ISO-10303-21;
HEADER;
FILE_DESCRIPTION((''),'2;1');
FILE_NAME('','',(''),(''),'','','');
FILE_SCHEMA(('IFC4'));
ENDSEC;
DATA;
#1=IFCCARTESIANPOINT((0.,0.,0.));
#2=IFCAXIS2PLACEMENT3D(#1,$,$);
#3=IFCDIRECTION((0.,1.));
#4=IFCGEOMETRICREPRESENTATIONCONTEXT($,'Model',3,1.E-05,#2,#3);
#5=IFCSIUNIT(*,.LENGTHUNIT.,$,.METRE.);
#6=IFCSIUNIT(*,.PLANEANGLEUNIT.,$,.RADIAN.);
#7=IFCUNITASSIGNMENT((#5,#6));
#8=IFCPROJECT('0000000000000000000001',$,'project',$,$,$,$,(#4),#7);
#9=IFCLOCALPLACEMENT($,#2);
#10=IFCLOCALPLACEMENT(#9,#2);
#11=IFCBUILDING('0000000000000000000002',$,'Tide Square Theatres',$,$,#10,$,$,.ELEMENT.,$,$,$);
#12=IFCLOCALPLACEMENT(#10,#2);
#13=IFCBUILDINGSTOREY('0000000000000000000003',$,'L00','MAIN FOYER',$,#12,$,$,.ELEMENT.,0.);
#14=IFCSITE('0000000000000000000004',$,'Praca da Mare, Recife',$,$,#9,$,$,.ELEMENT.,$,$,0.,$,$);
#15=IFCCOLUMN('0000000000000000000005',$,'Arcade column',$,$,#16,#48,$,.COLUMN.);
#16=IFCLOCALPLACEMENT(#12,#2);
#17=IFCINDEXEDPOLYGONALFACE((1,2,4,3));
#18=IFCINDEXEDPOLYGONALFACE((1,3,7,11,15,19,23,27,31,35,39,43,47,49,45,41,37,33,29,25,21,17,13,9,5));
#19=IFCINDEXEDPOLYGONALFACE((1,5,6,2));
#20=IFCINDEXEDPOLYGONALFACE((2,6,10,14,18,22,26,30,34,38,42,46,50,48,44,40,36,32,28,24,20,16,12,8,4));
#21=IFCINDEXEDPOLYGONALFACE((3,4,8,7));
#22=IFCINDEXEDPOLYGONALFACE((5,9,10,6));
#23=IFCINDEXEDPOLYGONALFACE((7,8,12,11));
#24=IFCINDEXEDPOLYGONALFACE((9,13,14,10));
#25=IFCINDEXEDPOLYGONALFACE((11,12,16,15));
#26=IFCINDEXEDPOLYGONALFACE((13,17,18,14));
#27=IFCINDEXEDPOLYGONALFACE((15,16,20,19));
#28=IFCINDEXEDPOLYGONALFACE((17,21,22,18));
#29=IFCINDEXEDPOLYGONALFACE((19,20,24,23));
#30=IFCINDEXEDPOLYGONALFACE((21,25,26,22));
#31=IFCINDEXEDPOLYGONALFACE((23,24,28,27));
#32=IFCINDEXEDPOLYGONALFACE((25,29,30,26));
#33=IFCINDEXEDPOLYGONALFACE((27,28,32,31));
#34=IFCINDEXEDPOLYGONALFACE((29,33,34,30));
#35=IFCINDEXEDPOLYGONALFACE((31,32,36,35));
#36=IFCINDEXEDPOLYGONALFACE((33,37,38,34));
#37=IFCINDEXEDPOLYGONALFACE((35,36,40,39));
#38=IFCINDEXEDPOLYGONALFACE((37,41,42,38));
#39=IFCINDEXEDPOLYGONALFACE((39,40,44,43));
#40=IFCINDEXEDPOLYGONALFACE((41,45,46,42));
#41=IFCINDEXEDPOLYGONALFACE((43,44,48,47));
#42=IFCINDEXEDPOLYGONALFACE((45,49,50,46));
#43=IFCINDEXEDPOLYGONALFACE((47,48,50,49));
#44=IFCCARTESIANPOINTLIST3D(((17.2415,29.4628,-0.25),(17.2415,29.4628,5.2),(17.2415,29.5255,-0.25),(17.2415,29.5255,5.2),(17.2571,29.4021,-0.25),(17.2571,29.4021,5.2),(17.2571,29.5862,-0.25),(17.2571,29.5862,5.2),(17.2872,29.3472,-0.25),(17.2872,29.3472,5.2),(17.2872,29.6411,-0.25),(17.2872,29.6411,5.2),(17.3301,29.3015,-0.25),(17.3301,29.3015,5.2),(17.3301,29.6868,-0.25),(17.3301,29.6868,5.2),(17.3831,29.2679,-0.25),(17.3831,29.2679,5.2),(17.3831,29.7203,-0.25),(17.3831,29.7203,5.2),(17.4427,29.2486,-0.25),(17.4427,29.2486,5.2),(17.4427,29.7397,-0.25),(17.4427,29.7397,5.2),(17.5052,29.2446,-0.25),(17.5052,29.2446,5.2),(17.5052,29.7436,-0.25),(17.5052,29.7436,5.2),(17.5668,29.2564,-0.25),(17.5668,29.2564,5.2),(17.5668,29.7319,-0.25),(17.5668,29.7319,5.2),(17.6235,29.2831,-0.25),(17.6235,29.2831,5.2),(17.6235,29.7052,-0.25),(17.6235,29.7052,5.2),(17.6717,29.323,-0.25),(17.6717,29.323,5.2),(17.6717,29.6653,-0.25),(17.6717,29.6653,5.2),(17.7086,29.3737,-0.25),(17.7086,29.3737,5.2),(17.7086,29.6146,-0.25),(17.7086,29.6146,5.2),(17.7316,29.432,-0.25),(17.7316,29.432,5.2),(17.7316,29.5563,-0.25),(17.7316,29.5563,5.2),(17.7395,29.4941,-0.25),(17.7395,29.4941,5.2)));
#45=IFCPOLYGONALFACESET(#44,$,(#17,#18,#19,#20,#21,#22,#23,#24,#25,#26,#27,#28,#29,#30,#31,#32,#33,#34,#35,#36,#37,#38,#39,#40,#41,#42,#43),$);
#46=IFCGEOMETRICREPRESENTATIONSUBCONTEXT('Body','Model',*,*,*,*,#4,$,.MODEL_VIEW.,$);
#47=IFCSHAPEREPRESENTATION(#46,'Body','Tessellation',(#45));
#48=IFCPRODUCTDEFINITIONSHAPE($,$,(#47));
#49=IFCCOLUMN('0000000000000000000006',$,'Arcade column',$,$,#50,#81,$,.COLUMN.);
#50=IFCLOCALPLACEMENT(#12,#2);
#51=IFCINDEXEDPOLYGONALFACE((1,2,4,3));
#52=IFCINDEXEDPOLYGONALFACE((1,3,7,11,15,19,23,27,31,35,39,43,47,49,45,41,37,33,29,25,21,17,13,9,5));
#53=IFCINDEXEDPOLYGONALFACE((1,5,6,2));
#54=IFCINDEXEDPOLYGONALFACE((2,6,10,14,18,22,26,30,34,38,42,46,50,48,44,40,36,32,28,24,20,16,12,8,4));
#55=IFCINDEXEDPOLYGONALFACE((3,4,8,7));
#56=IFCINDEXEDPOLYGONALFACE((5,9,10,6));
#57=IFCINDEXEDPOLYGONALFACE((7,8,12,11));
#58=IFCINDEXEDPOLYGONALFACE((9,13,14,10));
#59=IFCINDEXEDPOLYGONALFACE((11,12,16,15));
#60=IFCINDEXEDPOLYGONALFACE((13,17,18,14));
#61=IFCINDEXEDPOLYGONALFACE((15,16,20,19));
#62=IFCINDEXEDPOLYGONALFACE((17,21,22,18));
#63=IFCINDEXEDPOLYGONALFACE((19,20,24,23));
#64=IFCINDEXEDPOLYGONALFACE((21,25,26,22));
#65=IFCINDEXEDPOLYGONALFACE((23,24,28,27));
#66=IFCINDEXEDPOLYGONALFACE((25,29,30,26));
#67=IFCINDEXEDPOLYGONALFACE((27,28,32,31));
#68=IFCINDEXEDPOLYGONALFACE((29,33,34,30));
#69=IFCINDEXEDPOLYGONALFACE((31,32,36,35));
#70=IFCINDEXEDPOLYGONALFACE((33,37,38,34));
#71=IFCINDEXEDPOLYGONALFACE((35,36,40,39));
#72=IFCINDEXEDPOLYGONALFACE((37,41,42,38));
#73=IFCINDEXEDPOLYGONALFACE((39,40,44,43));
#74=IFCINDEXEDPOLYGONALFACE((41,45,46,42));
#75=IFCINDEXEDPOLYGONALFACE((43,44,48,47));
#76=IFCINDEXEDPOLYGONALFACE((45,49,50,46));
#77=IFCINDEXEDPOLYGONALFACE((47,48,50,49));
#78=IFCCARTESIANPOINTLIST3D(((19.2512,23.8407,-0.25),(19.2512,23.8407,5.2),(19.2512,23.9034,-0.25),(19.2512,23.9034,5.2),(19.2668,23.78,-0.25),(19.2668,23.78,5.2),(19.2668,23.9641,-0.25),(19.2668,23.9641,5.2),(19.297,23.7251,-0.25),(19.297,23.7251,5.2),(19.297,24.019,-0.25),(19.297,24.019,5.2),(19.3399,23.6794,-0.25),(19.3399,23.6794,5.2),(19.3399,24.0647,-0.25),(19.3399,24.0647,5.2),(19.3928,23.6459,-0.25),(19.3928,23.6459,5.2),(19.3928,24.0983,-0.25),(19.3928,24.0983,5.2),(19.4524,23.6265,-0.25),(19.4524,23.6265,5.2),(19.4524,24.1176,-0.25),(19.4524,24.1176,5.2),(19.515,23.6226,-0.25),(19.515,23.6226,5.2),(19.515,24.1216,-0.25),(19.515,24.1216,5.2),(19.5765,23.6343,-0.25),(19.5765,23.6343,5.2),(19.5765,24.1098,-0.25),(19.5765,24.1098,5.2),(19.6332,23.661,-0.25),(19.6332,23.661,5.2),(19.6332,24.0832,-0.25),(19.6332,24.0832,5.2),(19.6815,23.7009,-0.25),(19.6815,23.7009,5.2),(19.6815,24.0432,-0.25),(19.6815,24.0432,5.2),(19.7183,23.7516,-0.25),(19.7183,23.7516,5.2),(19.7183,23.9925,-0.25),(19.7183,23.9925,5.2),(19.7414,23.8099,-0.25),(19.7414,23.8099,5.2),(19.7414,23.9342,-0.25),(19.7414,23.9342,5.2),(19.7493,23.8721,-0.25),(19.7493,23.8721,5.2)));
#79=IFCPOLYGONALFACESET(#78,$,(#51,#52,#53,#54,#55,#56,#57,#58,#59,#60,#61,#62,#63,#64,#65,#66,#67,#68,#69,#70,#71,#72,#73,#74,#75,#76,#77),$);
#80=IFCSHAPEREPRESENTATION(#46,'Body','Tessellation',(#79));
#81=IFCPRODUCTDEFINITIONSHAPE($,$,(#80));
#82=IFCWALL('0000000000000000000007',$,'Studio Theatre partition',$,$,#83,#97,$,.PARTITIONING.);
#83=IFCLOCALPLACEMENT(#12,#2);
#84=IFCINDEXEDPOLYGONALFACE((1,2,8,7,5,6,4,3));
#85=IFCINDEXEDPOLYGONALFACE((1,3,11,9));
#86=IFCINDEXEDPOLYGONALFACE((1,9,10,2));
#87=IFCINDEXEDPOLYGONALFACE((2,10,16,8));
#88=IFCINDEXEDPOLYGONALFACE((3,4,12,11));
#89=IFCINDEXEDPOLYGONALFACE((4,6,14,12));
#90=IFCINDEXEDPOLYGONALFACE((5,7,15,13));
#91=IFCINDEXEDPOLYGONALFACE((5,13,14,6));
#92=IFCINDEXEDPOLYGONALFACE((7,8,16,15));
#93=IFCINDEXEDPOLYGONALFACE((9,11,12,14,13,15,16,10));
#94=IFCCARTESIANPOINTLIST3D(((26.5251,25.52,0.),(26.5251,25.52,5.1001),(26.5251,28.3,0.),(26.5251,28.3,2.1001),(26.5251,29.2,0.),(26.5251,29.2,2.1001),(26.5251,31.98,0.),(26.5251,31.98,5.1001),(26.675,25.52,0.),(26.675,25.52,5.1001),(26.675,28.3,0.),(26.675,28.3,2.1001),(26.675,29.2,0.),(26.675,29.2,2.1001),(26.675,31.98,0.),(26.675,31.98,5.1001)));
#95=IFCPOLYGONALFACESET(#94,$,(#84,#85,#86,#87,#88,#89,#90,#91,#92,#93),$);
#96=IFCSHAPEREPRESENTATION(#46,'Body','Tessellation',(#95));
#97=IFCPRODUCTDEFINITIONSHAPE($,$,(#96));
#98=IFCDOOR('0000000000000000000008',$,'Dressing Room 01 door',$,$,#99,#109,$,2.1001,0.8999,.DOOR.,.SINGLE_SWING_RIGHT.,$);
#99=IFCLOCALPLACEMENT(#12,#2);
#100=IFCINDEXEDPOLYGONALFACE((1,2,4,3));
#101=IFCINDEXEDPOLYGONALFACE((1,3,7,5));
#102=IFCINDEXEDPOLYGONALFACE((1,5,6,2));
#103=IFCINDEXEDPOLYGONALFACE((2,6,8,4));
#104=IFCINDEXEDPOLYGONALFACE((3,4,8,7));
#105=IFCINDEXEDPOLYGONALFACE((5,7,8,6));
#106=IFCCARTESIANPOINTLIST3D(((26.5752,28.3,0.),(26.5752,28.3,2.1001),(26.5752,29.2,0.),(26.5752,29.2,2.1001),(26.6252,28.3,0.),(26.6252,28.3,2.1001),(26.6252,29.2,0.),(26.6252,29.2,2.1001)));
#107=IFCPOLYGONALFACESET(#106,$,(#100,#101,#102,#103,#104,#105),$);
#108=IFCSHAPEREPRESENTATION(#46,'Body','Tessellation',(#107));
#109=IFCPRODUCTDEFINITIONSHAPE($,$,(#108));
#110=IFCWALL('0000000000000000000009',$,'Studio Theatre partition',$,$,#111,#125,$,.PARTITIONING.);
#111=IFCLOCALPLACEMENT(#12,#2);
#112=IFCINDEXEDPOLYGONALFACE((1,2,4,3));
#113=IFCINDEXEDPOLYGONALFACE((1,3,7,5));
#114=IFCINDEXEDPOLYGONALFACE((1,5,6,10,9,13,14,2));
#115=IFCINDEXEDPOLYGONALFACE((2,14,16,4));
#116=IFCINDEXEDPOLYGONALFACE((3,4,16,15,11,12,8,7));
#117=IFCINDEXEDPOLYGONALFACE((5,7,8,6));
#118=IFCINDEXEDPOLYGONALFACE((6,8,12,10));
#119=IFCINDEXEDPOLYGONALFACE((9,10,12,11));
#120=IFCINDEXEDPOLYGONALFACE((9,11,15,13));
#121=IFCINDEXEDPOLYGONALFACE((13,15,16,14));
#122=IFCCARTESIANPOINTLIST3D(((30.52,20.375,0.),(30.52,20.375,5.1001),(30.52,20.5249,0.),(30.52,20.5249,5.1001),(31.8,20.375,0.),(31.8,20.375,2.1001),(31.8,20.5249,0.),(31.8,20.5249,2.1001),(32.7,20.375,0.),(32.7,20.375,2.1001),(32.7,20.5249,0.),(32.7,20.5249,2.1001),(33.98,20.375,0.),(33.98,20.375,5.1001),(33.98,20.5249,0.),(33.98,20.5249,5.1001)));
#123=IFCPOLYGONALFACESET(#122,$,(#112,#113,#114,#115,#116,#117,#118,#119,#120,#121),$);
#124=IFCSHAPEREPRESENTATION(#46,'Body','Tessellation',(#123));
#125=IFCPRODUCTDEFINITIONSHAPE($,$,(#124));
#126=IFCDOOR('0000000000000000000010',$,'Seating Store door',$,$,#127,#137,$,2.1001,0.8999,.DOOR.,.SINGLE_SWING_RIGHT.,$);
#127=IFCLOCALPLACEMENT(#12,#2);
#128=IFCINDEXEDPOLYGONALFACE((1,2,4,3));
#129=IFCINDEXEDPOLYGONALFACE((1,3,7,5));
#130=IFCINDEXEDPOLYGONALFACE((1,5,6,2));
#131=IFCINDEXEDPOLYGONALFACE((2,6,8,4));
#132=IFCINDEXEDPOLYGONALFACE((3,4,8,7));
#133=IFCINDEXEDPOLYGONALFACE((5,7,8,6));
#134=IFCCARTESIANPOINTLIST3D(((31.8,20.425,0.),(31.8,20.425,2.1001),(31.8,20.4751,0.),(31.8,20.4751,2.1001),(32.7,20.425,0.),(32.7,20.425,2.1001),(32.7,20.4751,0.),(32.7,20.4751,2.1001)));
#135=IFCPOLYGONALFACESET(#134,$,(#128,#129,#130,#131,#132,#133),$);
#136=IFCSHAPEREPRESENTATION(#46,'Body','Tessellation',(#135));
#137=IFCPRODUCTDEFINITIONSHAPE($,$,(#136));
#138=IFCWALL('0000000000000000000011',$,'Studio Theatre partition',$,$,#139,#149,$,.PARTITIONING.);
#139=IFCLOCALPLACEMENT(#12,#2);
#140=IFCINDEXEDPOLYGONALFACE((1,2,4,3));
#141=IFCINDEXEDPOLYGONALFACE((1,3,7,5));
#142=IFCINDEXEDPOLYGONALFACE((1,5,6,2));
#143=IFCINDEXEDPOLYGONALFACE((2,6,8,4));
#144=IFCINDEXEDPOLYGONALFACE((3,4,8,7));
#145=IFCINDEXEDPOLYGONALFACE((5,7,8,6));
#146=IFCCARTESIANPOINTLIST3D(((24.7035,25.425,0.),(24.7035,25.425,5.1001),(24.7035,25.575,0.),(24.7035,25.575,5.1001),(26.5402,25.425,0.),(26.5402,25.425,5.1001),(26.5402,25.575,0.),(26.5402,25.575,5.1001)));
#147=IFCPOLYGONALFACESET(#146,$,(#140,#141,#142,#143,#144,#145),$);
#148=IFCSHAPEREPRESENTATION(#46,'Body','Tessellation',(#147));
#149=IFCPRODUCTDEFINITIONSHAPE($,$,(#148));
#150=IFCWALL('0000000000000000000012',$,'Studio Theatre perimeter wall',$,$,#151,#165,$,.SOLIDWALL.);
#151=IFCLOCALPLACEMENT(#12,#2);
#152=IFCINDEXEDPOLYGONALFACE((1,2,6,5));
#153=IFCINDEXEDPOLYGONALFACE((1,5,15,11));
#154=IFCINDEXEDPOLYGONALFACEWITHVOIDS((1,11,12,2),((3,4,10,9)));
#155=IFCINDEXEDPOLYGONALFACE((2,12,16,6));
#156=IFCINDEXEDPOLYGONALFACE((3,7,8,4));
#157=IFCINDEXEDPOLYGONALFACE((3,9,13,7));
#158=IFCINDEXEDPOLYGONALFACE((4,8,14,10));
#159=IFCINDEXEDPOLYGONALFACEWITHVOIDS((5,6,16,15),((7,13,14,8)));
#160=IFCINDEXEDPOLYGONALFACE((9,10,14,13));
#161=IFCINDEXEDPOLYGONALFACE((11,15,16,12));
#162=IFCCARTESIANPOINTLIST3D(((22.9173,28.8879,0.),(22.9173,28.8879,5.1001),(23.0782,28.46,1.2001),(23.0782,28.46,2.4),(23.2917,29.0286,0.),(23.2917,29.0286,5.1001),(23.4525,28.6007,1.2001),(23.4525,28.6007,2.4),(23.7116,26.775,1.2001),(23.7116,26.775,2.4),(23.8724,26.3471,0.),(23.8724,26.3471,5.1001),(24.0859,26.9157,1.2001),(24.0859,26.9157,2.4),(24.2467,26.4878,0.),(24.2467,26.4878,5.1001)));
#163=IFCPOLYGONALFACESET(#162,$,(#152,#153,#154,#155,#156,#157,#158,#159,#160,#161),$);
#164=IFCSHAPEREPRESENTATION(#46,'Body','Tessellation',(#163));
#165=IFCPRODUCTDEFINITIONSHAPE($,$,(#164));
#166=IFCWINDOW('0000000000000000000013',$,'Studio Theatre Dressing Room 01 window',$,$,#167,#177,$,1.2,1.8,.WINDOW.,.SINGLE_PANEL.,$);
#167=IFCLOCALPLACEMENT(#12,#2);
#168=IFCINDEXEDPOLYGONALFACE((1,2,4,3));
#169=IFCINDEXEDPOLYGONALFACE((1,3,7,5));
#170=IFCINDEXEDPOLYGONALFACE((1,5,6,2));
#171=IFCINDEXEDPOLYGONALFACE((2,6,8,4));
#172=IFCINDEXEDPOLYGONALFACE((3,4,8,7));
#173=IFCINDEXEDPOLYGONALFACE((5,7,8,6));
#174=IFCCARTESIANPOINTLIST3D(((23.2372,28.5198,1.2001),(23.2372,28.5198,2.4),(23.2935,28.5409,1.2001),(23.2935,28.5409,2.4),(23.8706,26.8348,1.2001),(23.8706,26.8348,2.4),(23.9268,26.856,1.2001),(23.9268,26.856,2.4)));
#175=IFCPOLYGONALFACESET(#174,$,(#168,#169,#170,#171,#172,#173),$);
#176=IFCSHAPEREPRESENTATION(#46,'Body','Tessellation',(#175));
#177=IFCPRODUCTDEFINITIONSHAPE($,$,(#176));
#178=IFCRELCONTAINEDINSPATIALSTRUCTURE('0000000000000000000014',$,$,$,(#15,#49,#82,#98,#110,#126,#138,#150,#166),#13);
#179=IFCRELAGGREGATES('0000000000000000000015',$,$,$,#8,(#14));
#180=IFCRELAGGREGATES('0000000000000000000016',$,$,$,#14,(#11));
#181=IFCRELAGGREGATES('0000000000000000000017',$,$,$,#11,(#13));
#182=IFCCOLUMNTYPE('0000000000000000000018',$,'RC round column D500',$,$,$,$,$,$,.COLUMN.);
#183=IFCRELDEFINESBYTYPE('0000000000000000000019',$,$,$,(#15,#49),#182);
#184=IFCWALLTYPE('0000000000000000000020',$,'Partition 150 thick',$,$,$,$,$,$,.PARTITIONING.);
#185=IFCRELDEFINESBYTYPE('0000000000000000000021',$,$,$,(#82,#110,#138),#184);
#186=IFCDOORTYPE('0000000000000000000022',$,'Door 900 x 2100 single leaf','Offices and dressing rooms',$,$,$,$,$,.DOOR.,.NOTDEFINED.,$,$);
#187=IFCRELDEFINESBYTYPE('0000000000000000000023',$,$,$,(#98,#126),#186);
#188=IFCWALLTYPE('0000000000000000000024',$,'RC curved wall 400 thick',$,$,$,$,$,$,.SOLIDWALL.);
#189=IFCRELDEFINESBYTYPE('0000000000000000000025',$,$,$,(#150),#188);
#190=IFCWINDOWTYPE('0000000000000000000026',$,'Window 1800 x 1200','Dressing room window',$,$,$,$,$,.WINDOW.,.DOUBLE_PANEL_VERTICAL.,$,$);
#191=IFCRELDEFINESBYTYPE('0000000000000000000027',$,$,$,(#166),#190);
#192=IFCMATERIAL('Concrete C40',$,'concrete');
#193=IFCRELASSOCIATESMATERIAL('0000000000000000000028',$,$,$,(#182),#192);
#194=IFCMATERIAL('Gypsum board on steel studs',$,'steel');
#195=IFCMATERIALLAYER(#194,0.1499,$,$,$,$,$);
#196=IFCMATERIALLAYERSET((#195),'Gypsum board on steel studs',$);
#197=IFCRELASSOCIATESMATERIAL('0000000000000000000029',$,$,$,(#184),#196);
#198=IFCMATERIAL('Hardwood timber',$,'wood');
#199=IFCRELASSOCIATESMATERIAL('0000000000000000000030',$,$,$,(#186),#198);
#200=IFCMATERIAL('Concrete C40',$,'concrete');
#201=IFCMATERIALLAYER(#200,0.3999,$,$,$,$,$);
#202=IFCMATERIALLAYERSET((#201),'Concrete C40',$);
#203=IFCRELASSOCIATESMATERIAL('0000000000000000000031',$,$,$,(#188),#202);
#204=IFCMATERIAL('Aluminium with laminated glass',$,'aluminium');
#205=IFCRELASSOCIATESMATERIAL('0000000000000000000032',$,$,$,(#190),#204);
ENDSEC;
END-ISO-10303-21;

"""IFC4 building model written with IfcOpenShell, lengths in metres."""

from ifc_helpers import new_model, si_unit, direction, frame, frame_2d, origin, origin_2d, place, context, subcontext, project, spatial, rectangle, circle, extrude, material, layer, layer_set, material_profile, profile_set, type_object, element, fill, save


model = new_model("IFC4")

# Units and contexts
model_context = context("Model", 3, precision=1e-05, world=origin(), true_north=direction((0.0, 1.0)))
body_context = subcontext(model_context, "Body", "Model", "MODEL_VIEW")
ifc_project = project(units=[si_unit("LENGTHUNIT", "METRE"), si_unit("PLANEANGLEUNIT", "RADIAN")], contexts=[model_context])

# Site, building, storey
site_placement = place(None, origin())
site = spatial("IfcSite", under=ifc_project, at=site_placement, Name="Praca da Mare, Recife", CompositionType="ELEMENT", RefElevation=0.0)
building_placement = place(site_placement, origin())
building = spatial("IfcBuilding", under=site, at=building_placement, Name="Tide Square Theatres", CompositionType="ELEMENT")
storey_placement = place(building_placement, origin())
storey = spatial("IfcBuildingStorey", under=building, at=storey_placement, Name="L00", Description="MAIN FOYER", CompositionType="ELEMENT", Elevation=0.0)

# Columns
ifc_material_1 = material(Name="Concrete C40", Category="concrete")
ifc_material_profile_1 = material_profile(ifc_material_1, circle(Radius=0.25, at=origin_2d()))
ifc_profile_set_1 = profile_set([ifc_material_profile_1], Name="Concrete C40")
column_type_1 = type_object("IfcColumnType", Name="RC round column D500", PredefinedType="COLUMN", material=ifc_profile_set_1)
for number, where, z_axis, x_axis, name in (
    (1, (17.4895, 29.4941, -0.25), (0.0, 0.0, 1.0), (1.0, 0.0, 0.0), "Arcade column"),
    (2, (19.4993, 23.8721, -0.25), (0.0, 0.0, 1.0), (1.0, 0.0, 0.0), "Arcade column"),
):
    element("IfcColumn", number, at=place(storey_placement, frame(where, z_axis=z_axis, x_axis=x_axis)), inside=storey, type_object=column_type_1, Name=name, PredefinedType="COLUMN", context=body_context, shape_type="SweptSolid", body=[
        extrude(circle(Radius=0.25, at=origin_2d()), origin(), (0.0, 0.0, 1.0), 5.45),
    ])

# Walls, openings, doors
ifc_material_2 = material(Name="Gypsum board on steel studs", Category="steel")
ifc_layer_1 = layer(ifc_material_2, 0.1499)
ifc_layer_set_1 = layer_set([ifc_layer_1], Name="Gypsum board on steel studs")
wall_type_1 = type_object("IfcWallType", Name="Partition 150 thick", PredefinedType="PARTITIONING", material=ifc_layer_set_1)
wall_1_placement = place(storey_placement, frame((26.6001, 25.52, 0.0), z_axis=(0.0, 0.0, 1.0), x_axis=(0.0, 1.0, 0.0)))
wall_1 = element("IfcWall", 3, at=wall_1_placement, inside=storey, type_object=wall_type_1, Name="Studio Theatre partition", PredefinedType="PARTITIONING", context=body_context, shape_type="SweptSolid", body=[
    extrude(rectangle(XDim=6.46, YDim=0.1499, at=frame_2d((3.23, 0.0))), origin(), (0.0, 0.0, 1.0), 5.1001),
])
opening_1_placement = place(wall_1_placement, frame((2.78, 0.0, 0.0)))
opening_1 = element("IfcOpeningElement", 4, at=opening_1_placement, cuts=wall_1, PredefinedType="OPENING", context=body_context, shape_type="SweptSolid", body=[
    extrude(rectangle(XDim=0.8999, YDim=2.1001, at=frame_2d((0.45, 1.05))), frame((0.0, 0.085, 0.0), z_axis=(0.0, -1.0, 0.0), x_axis=(1.0, 0.0, 0.0)), (0.0, 0.0, 1.0), 0.1699),
])
ifc_material_3 = material(Name="Hardwood timber", Category="wood")
door_type_1 = type_object("IfcDoorType", Name="Door 900 x 2100 single leaf", Description="Offices and dressing rooms", OperationType="NOTDEFINED", PredefinedType="DOOR", material=ifc_material_3)
door_1_placement = place(opening_1_placement, origin())
door_1 = element("IfcDoor", 5, at=door_1_placement, inside=storey, type_object=door_type_1, Name="Dressing Room 01 door", OperationType="SINGLE_SWING_RIGHT", OverallHeight=2.1001, OverallWidth=0.8999, PredefinedType="DOOR", context=body_context, shape_type="SweptSolid", body=[
    extrude(rectangle(XDim=0.8999, YDim=2.1001, at=frame_2d((0.45, 1.05))), frame((0.0, 0.0249, 0.0), z_axis=(0.0, -1.0, 0.0), x_axis=(1.0, 0.0, 0.0)), (0.0, 0.0, 1.0), 0.05),
])
fill(opening_1, door_1)
wall_2_placement = place(storey_placement, frame((33.98, 20.45, 0.0), z_axis=(0.0, 0.0, 1.0), x_axis=(-1.0, 0.0, 0.0)))
wall_2 = element("IfcWall", 6, at=wall_2_placement, inside=storey, type_object=wall_type_1, Name="Studio Theatre partition", PredefinedType="PARTITIONING", context=body_context, shape_type="SweptSolid", body=[
    extrude(rectangle(XDim=3.46, YDim=0.1499, at=frame_2d((1.73, 0.0))), origin(), (0.0, 0.0, 1.0), 5.1001),
])
opening_2_placement = place(wall_2_placement, frame((1.28, 0.0, 0.0)))
opening_2 = element("IfcOpeningElement", 7, at=opening_2_placement, cuts=wall_2, PredefinedType="OPENING", context=body_context, shape_type="SweptSolid", body=[
    extrude(rectangle(XDim=0.8999, YDim=2.1001, at=frame_2d((0.45, 1.05))), frame((0.0, 0.085, 0.0), z_axis=(0.0, -1.0, 0.0), x_axis=(1.0, 0.0, 0.0)), (0.0, 0.0, 1.0), 0.1699),
])
door_2_placement = place(opening_2_placement, origin())
door_2 = element("IfcDoor", 8, at=door_2_placement, inside=storey, type_object=door_type_1, Name="Seating Store door", OperationType="SINGLE_SWING_RIGHT", OverallHeight=2.1001, OverallWidth=0.8999, PredefinedType="DOOR", context=body_context, shape_type="SweptSolid", body=[
    extrude(rectangle(XDim=0.8999, YDim=2.1001, at=frame_2d((0.45, 1.05))), frame((0.0, 0.0249, 0.0), z_axis=(0.0, -1.0, 0.0), x_axis=(1.0, 0.0, 0.0)), (0.0, 0.0, 1.0), 0.05),
])
fill(opening_2, door_2)

# Wall
wall_3_placement = place(storey_placement, frame((24.7034, 25.5, 0.0), z_axis=(0.0, 0.0, 1.0), x_axis=(1.0, 0.0, 0.0)))
element("IfcWall", 9, at=wall_3_placement, inside=storey, type_object=wall_type_1, Name="Studio Theatre partition", PredefinedType="PARTITIONING", context=body_context, shape_type="SweptSolid", body=[
    extrude(rectangle(XDim=1.8367, YDim=0.1499, at=frame_2d((0.9185, 0.0))), origin(), (0.0, 0.0, 1.0), 5.1001),
])

# Wall, opening, window
ifc_material_4 = material(Name="Concrete C40", Category="concrete")
ifc_layer_2 = layer(ifc_material_4, 0.3999)
ifc_layer_set_2 = layer_set([ifc_layer_2], Name="Concrete C40")
wall_type_2 = type_object("IfcWallType", Name="RC curved wall 400 thick", PredefinedType="SOLIDWALL", material=ifc_layer_set_2)
wall_4_placement = place(storey_placement, frame((23.1045, 28.9583, 0.0), z_axis=(0.0, 0.0, 1.0), x_axis=(0.351863, -0.936052, 0.0)))
wall_4 = element("IfcWall", 10, at=wall_4_placement, inside=storey, type_object=wall_type_2, Name="Studio Theatre perimeter wall", PredefinedType="SOLIDWALL", context=body_context, shape_type="SweptSolid", body=[
    extrude(rectangle(XDim=2.7144, YDim=0.3999, at=frame_2d((1.3572, 0.0))), origin(), (0.0, 0.0, 1.0), 5.1001),
])
opening_3_placement = place(wall_4_placement, frame((0.4573, 0.0, 1.2)))
opening_3 = element("IfcOpeningElement", 11, at=opening_3_placement, cuts=wall_4, PredefinedType="OPENING", context=body_context, shape_type="SweptSolid", body=[
    extrude(rectangle(XDim=1.8, YDim=1.2, at=frame_2d((0.8999, 0.6001))), frame((0.0, 0.21, 0.0), z_axis=(0.0, -1.0, 0.0), x_axis=(1.0, 0.0, 0.0)), (0.0, 0.0, 1.0), 0.4199),
])
ifc_material_5 = material(Name="Aluminium with laminated glass", Category="aluminium")
window_type_1 = type_object("IfcWindowType", Name="Window 1800 x 1200", Description="Dressing room window", PartitioningType="DOUBLE_PANEL_VERTICAL", PredefinedType="WINDOW", material=ifc_material_5)
window_1_placement = place(opening_3_placement, origin())
window_1 = element("IfcWindow", 12, at=window_1_placement, inside=storey, type_object=window_type_1, Name="Studio Theatre Dressing Room 01 window", OverallHeight=1.2, OverallWidth=1.8, PartitioningType="SINGLE_PANEL", PredefinedType="WINDOW", context=body_context, shape_type="SweptSolid", body=[
    extrude(rectangle(XDim=1.8, YDim=1.2, at=frame_2d((0.8999, 0.6001))), frame((0.0, 0.03, 0.0), z_axis=(0.0, -1.0, 0.0), x_axis=(1.0, 0.0, 0.0)), (0.0, 0.0, 1.0), 0.0601),
])
fill(opening_3, window_1)

save(model, "model.ifc")
